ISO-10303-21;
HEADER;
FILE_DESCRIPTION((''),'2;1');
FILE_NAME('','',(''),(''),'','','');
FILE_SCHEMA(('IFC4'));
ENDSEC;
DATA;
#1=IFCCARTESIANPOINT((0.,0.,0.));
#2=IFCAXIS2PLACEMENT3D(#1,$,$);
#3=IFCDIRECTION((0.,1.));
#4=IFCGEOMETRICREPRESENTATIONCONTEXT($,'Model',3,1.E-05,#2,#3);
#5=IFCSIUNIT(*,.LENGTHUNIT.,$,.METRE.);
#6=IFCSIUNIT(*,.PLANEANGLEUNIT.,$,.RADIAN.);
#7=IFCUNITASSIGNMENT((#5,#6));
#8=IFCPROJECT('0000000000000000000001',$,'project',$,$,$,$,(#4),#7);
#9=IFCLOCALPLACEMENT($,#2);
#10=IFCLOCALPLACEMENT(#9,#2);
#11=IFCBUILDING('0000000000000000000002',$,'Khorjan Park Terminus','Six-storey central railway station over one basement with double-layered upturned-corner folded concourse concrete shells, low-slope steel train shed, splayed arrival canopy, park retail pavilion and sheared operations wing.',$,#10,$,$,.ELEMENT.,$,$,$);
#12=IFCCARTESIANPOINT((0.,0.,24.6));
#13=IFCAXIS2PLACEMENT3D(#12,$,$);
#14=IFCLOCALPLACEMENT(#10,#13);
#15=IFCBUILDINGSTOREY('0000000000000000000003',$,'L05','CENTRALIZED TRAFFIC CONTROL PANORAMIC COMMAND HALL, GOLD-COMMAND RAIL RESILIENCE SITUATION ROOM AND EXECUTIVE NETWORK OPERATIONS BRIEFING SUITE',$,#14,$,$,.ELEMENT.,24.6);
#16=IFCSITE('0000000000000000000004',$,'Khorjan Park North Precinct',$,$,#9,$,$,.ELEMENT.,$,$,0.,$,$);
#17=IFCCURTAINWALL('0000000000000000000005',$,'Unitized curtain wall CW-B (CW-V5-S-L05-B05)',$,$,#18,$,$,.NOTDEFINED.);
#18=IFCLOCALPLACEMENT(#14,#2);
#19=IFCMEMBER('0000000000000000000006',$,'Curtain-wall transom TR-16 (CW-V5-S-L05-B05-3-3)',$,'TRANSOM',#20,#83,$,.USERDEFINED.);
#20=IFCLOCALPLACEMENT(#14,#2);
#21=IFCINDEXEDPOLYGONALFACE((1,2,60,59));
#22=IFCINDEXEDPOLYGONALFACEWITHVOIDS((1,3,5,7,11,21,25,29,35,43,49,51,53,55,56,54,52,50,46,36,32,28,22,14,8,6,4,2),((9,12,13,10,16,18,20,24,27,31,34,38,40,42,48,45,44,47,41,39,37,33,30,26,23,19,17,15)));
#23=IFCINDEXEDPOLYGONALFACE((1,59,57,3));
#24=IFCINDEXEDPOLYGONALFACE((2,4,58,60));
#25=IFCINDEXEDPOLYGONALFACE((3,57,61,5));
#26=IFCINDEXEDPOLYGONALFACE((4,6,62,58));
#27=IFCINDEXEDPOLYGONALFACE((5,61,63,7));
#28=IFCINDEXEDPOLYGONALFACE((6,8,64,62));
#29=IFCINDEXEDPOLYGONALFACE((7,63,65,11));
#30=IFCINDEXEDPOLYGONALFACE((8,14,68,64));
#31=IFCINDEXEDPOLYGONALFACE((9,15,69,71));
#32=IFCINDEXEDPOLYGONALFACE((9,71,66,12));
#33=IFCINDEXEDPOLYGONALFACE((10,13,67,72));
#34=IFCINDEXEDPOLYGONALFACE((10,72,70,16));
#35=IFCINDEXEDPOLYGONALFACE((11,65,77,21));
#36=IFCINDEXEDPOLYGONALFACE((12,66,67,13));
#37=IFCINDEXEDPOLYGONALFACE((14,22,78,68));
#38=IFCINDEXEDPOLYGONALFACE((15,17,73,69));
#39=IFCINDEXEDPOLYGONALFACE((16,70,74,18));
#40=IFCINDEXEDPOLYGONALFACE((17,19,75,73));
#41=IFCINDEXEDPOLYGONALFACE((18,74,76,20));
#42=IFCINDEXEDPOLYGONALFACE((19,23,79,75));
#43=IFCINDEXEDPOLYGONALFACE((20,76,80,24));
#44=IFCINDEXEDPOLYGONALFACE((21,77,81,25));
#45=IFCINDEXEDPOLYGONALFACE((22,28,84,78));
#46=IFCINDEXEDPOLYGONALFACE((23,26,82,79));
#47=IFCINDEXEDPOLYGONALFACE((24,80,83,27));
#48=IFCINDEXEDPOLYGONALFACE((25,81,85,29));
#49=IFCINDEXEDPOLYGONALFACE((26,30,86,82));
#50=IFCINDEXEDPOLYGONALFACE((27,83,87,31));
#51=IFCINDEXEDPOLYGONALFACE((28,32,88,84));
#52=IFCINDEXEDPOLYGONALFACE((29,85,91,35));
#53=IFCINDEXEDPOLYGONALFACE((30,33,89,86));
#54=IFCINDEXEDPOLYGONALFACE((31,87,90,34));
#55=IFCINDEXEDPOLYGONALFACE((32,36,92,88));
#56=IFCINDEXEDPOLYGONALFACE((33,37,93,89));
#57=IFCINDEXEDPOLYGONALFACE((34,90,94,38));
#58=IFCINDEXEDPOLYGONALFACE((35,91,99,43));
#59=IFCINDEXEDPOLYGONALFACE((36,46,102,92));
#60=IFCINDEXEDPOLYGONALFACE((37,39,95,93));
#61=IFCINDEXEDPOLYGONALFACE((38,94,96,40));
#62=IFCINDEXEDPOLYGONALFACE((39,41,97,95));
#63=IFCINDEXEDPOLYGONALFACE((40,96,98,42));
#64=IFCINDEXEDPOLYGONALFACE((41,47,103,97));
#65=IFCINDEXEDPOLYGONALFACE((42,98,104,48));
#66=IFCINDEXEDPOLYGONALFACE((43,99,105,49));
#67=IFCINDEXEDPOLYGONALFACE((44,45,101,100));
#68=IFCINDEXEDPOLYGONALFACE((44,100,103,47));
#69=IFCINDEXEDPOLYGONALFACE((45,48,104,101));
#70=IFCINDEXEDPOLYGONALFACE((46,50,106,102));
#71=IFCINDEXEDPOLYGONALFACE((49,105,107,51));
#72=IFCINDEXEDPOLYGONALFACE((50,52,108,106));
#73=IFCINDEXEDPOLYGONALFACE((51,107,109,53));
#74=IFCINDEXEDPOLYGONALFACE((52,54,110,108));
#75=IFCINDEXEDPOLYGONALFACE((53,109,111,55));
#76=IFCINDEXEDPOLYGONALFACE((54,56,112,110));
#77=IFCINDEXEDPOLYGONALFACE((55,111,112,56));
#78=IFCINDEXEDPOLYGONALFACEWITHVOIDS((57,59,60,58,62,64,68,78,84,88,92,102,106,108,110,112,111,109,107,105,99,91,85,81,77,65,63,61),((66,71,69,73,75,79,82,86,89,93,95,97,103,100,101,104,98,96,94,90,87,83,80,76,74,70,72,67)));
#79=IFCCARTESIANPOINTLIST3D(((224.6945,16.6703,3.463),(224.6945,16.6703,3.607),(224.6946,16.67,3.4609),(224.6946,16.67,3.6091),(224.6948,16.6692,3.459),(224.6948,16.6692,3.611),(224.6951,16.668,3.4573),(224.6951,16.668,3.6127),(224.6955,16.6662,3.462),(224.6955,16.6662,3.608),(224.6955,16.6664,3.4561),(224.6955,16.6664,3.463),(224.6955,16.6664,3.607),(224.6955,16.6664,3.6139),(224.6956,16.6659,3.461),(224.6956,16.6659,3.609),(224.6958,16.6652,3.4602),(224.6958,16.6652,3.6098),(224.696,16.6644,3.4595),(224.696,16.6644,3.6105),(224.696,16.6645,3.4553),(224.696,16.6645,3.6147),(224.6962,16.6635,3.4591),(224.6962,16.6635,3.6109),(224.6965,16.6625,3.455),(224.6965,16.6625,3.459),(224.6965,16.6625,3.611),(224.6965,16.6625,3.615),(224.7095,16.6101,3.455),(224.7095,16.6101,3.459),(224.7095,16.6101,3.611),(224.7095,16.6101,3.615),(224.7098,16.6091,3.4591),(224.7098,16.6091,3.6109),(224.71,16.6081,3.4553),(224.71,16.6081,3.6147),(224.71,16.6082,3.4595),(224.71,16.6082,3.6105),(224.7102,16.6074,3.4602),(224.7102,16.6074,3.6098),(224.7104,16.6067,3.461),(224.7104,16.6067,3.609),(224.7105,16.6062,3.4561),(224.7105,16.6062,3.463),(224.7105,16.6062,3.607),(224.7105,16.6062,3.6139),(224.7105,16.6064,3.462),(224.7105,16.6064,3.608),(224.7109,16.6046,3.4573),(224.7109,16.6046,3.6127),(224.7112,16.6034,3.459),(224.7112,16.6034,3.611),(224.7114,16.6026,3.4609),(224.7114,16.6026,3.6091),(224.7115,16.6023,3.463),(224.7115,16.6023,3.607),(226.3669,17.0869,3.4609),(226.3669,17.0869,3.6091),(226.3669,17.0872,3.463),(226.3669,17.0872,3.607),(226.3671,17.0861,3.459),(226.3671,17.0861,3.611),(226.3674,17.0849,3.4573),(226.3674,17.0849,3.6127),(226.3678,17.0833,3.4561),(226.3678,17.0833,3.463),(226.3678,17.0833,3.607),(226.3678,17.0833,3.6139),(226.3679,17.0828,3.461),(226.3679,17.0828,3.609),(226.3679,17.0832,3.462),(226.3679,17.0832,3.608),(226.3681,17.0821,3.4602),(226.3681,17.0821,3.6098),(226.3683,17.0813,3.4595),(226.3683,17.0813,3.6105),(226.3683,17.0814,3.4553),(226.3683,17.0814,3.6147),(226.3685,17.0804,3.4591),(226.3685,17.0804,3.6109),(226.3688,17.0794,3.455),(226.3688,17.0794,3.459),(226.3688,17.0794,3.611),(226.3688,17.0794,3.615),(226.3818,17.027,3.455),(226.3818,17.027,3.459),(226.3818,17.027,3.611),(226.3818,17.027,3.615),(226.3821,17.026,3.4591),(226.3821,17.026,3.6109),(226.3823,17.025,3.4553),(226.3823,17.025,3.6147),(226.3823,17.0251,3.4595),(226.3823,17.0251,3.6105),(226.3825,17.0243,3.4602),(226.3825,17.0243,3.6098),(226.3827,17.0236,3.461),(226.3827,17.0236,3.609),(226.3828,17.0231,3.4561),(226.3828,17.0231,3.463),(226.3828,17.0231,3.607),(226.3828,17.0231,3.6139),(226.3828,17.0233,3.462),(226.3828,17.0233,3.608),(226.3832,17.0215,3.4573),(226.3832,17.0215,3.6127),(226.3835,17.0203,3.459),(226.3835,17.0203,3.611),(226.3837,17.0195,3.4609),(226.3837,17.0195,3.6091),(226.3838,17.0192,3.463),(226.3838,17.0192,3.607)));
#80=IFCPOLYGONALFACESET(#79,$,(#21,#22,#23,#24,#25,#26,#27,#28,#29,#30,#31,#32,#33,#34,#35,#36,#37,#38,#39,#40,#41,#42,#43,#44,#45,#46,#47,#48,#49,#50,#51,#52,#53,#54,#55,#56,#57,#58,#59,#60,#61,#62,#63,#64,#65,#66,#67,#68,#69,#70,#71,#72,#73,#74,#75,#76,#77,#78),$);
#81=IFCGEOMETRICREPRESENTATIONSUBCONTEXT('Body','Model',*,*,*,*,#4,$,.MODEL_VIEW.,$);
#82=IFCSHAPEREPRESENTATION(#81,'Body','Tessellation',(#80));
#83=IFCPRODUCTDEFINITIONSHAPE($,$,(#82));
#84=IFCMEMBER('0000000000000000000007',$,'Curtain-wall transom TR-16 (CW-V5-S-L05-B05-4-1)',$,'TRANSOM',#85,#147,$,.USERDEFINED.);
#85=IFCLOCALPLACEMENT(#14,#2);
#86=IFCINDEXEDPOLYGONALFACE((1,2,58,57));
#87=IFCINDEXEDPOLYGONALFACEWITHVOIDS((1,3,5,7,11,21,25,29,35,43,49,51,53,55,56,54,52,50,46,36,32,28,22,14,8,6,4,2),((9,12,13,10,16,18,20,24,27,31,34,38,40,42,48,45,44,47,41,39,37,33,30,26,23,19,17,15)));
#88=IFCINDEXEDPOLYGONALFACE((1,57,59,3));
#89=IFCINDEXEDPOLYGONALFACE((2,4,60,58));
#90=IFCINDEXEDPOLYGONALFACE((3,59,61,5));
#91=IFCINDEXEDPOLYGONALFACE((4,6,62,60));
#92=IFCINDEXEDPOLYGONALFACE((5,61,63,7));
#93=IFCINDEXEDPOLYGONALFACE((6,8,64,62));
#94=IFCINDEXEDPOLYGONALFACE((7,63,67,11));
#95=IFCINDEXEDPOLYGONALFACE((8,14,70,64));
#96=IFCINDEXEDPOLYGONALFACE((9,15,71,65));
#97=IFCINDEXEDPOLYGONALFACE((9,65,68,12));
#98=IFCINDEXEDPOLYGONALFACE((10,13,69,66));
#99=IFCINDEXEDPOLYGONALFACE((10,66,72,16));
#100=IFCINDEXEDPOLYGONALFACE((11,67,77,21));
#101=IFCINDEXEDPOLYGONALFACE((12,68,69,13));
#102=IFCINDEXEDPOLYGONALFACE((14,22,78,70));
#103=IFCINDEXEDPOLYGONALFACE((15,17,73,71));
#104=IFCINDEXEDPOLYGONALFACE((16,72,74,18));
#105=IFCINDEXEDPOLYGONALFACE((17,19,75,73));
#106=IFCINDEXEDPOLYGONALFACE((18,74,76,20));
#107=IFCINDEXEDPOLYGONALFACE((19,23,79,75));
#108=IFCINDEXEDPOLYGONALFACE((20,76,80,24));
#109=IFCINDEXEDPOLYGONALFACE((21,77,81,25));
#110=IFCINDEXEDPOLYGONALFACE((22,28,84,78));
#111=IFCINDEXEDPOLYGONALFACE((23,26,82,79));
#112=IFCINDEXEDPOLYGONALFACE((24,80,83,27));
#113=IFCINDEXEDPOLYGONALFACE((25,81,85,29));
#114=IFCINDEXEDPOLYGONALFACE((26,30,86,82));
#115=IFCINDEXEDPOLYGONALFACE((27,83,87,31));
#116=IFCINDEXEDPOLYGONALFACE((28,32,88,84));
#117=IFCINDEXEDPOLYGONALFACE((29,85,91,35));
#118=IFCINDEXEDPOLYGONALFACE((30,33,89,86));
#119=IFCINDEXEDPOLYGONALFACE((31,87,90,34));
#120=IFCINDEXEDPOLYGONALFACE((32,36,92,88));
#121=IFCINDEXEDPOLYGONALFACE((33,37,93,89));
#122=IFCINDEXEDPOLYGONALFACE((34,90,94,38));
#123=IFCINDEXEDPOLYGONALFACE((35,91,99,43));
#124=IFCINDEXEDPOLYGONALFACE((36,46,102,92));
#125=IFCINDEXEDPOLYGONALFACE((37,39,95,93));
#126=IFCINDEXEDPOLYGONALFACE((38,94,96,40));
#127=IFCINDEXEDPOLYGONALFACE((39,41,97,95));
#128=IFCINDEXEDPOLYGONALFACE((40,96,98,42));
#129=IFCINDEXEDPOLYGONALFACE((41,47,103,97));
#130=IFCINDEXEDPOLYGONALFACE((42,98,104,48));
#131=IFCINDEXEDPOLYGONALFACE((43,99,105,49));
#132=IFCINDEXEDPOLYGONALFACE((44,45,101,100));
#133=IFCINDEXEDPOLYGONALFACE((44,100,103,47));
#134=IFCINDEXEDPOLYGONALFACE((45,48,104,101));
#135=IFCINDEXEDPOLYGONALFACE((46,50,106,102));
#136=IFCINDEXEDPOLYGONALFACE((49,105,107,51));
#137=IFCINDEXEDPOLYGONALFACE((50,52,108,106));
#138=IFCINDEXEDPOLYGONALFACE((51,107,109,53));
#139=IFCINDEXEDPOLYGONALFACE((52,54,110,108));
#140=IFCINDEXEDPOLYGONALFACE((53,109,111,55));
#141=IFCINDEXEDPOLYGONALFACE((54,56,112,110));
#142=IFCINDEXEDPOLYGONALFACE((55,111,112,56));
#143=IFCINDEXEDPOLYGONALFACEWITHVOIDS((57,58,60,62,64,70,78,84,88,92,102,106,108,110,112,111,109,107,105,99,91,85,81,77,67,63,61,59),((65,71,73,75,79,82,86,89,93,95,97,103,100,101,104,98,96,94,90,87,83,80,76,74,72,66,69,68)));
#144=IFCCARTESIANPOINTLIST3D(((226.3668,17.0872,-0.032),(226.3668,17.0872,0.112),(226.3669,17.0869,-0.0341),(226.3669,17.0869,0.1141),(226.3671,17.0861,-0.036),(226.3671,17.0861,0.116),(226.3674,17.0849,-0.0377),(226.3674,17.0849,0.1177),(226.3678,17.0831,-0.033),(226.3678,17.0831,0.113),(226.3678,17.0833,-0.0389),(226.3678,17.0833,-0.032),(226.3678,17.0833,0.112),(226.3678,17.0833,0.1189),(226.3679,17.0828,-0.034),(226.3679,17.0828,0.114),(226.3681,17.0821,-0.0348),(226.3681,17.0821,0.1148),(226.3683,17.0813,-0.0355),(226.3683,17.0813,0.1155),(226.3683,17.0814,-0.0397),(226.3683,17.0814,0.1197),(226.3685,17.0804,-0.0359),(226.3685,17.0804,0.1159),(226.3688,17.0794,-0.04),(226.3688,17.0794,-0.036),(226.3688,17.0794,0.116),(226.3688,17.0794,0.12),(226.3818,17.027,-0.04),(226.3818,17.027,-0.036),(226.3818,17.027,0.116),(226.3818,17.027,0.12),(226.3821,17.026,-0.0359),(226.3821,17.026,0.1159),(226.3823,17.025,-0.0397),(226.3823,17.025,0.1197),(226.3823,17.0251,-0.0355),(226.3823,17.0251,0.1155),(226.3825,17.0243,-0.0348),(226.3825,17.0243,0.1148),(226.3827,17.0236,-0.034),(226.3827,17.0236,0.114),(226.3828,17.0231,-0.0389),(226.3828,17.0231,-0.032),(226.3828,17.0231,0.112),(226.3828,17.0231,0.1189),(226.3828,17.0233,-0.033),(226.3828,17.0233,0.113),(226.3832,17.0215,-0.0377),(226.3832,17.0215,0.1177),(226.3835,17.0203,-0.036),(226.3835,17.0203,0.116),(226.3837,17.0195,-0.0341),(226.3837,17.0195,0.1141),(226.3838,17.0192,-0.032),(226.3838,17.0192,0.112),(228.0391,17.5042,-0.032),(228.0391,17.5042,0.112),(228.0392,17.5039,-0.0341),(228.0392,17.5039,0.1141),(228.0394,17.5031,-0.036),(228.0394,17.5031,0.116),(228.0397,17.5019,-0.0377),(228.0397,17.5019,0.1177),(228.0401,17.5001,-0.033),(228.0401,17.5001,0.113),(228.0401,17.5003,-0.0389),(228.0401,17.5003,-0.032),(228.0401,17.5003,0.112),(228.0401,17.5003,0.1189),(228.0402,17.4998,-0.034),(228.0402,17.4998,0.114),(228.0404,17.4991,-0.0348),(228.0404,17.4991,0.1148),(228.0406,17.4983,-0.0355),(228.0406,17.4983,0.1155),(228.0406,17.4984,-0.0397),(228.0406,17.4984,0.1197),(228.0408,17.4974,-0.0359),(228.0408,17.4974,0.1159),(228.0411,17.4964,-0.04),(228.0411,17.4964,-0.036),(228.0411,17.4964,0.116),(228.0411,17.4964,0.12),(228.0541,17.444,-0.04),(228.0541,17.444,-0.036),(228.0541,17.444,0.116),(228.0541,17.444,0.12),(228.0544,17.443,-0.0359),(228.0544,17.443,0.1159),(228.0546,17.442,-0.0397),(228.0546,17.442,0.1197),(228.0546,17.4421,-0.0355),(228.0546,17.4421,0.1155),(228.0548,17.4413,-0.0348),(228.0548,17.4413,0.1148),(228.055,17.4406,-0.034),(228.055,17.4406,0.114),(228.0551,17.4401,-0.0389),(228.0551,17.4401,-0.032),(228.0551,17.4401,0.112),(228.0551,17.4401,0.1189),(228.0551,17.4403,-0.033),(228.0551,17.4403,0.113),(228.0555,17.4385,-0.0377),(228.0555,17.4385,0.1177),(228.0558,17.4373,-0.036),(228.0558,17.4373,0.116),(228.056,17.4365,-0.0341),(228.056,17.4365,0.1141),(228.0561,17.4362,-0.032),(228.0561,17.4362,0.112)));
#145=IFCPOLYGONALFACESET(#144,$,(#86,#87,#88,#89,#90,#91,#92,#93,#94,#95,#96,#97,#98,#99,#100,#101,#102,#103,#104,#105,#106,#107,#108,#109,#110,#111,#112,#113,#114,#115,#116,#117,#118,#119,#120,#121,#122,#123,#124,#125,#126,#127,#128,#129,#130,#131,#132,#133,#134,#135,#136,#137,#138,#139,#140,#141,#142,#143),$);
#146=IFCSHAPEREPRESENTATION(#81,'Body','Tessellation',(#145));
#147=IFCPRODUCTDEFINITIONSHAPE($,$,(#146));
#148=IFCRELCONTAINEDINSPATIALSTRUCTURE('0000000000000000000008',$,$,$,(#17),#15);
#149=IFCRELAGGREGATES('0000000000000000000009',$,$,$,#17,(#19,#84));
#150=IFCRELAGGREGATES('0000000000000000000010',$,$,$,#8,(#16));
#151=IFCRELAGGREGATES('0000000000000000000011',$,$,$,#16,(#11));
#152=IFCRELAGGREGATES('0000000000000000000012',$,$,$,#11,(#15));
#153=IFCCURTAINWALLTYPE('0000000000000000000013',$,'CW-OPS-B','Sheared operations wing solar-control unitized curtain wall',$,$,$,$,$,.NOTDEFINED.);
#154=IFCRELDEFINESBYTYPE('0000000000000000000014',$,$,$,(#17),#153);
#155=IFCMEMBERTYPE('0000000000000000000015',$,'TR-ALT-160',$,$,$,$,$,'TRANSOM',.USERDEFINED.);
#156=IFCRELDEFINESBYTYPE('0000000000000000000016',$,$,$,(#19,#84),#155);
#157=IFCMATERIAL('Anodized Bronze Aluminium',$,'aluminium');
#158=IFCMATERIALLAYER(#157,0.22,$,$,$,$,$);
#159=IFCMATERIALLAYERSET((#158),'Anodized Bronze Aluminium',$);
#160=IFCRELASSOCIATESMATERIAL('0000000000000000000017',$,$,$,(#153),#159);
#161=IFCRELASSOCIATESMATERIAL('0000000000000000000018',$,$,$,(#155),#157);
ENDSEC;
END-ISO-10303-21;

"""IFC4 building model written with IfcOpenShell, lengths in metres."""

from ifc_helpers import new_model, si_unit, direction, frame, origin, origin_2d, place, context, subcontext, project, spatial, hollow_rectangle, extrude, material, layer, layer_set, material_profile, profile_set, type_object, element, aggregate, save


model = new_model("IFC4")

# Units and contexts
model_context = context("Model", 3, precision=1e-05, world=origin(), true_north=direction((0.0, 1.0)))
body_context = subcontext(model_context, "Body", "Model", "MODEL_VIEW")
ifc_project = project(units=[si_unit("LENGTHUNIT", "METRE"), si_unit("PLANEANGLEUNIT", "RADIAN")], contexts=[model_context])

# Site, building, storey
site_placement = place(None, origin())
site = spatial("IfcSite", under=ifc_project, at=site_placement, Name="Khorjan Park North Precinct", CompositionType="ELEMENT", RefElevation=0.0)
building_placement = place(site_placement, origin())
building = spatial("IfcBuilding", under=site, at=building_placement, Name="Khorjan Park Terminus", Description="Six-storey central railway station over one basement with double-layered upturned-corner folded concourse concrete shells, low-slope steel train shed, splayed arrival canopy, park retail pavilion and sheared operations wing.", CompositionType="ELEMENT")
storey_placement = place(building_placement, frame((0.0, 0.0, 24.6)))
storey = spatial("IfcBuildingStorey", under=building, at=storey_placement, Name="L05", Description="CENTRALIZED TRAFFIC CONTROL PANORAMIC COMMAND HALL, GOLD-COMMAND RAIL RESILIENCE SITUATION ROOM AND EXECUTIVE NETWORK OPERATIONS BRIEFING SUITE", CompositionType="ELEMENT", Elevation=24.6)

# Curtain wall, members
ifc_material_1 = material(Name="Anodized Bronze Aluminium", Category="aluminium")
ifc_layer_1 = layer(ifc_material_1, 0.22)
ifc_layer_set_1 = layer_set([ifc_layer_1], Name="Anodized Bronze Aluminium")
curtain_wall_type = type_object("IfcCurtainWallType", Name="CW-OPS-B", Description="Sheared operations wing solar-control unitized curtain wall", PredefinedType="NOTDEFINED", material=ifc_layer_set_1)
curtain_wall_placement = place(storey_placement, origin())
curtain_wall = element("IfcCurtainWall", 1, at=curtain_wall_placement, inside=storey, type_object=curtain_wall_type, Name="Unitized curtain wall CW-B (CW-V5-S-L05-B05)", PredefinedType="NOTDEFINED")
ifc_material_profile_1 = material_profile(ifc_material_1, hollow_rectangle(XDim=0.07, YDim=0.16, WallThickness=0.004, InnerFilletRadius=0.004, OuterFilletRadius=0.008, at=origin_2d()), Name="ALT 70x160x4")
ifc_profile_set_1 = profile_set([ifc_material_profile_1], Name="Anodized Bronze Aluminium")
member_type_1 = type_object("IfcMemberType", Name="TR-ALT-160", ElementType="TRANSOM", PredefinedType="USERDEFINED", material=ifc_profile_set_1)
member_1_placement = place(storey_placement, frame((224.703, 16.6363, 3.535), z_axis=(0.970303, 0.241894, 0.0), x_axis=(-0.241894, 0.970303, 0.0)))
member_1 = element("IfcMember", 2, at=member_1_placement, type_object=member_type_1, Name="Curtain-wall transom TR-16 (CW-V5-S-L05-B05-3-3)", ObjectType="TRANSOM", PredefinedType="USERDEFINED", context=body_context, shape_type="SweptSolid", body=[
    extrude(hollow_rectangle(XDim=0.07, YDim=0.16, WallThickness=0.004, InnerFilletRadius=0.004, OuterFilletRadius=0.008, at=origin_2d()), origin(), (0.0, 0.0, 1.0), 1.7235),
])
member_2_placement = place(storey_placement, frame((226.3753, 17.0532, 0.04), z_axis=(0.970289, 0.241949, 0.0), x_axis=(-0.241949, 0.970289, 0.0)))
member_2 = element("IfcMember", 3, at=member_2_placement, type_object=member_type_1, Name="Curtain-wall transom TR-16 (CW-V5-S-L05-B05-4-1)", ObjectType="TRANSOM", PredefinedType="USERDEFINED", context=body_context, shape_type="SweptSolid", body=[
    extrude(hollow_rectangle(XDim=0.07, YDim=0.16, WallThickness=0.004, InnerFilletRadius=0.004, OuterFilletRadius=0.008, at=origin_2d()), origin(), (0.0, 0.0, 1.0), 1.7235),
])
aggregate(curtain_wall, [member_1, member_2])

save(model, "model.ifc")
